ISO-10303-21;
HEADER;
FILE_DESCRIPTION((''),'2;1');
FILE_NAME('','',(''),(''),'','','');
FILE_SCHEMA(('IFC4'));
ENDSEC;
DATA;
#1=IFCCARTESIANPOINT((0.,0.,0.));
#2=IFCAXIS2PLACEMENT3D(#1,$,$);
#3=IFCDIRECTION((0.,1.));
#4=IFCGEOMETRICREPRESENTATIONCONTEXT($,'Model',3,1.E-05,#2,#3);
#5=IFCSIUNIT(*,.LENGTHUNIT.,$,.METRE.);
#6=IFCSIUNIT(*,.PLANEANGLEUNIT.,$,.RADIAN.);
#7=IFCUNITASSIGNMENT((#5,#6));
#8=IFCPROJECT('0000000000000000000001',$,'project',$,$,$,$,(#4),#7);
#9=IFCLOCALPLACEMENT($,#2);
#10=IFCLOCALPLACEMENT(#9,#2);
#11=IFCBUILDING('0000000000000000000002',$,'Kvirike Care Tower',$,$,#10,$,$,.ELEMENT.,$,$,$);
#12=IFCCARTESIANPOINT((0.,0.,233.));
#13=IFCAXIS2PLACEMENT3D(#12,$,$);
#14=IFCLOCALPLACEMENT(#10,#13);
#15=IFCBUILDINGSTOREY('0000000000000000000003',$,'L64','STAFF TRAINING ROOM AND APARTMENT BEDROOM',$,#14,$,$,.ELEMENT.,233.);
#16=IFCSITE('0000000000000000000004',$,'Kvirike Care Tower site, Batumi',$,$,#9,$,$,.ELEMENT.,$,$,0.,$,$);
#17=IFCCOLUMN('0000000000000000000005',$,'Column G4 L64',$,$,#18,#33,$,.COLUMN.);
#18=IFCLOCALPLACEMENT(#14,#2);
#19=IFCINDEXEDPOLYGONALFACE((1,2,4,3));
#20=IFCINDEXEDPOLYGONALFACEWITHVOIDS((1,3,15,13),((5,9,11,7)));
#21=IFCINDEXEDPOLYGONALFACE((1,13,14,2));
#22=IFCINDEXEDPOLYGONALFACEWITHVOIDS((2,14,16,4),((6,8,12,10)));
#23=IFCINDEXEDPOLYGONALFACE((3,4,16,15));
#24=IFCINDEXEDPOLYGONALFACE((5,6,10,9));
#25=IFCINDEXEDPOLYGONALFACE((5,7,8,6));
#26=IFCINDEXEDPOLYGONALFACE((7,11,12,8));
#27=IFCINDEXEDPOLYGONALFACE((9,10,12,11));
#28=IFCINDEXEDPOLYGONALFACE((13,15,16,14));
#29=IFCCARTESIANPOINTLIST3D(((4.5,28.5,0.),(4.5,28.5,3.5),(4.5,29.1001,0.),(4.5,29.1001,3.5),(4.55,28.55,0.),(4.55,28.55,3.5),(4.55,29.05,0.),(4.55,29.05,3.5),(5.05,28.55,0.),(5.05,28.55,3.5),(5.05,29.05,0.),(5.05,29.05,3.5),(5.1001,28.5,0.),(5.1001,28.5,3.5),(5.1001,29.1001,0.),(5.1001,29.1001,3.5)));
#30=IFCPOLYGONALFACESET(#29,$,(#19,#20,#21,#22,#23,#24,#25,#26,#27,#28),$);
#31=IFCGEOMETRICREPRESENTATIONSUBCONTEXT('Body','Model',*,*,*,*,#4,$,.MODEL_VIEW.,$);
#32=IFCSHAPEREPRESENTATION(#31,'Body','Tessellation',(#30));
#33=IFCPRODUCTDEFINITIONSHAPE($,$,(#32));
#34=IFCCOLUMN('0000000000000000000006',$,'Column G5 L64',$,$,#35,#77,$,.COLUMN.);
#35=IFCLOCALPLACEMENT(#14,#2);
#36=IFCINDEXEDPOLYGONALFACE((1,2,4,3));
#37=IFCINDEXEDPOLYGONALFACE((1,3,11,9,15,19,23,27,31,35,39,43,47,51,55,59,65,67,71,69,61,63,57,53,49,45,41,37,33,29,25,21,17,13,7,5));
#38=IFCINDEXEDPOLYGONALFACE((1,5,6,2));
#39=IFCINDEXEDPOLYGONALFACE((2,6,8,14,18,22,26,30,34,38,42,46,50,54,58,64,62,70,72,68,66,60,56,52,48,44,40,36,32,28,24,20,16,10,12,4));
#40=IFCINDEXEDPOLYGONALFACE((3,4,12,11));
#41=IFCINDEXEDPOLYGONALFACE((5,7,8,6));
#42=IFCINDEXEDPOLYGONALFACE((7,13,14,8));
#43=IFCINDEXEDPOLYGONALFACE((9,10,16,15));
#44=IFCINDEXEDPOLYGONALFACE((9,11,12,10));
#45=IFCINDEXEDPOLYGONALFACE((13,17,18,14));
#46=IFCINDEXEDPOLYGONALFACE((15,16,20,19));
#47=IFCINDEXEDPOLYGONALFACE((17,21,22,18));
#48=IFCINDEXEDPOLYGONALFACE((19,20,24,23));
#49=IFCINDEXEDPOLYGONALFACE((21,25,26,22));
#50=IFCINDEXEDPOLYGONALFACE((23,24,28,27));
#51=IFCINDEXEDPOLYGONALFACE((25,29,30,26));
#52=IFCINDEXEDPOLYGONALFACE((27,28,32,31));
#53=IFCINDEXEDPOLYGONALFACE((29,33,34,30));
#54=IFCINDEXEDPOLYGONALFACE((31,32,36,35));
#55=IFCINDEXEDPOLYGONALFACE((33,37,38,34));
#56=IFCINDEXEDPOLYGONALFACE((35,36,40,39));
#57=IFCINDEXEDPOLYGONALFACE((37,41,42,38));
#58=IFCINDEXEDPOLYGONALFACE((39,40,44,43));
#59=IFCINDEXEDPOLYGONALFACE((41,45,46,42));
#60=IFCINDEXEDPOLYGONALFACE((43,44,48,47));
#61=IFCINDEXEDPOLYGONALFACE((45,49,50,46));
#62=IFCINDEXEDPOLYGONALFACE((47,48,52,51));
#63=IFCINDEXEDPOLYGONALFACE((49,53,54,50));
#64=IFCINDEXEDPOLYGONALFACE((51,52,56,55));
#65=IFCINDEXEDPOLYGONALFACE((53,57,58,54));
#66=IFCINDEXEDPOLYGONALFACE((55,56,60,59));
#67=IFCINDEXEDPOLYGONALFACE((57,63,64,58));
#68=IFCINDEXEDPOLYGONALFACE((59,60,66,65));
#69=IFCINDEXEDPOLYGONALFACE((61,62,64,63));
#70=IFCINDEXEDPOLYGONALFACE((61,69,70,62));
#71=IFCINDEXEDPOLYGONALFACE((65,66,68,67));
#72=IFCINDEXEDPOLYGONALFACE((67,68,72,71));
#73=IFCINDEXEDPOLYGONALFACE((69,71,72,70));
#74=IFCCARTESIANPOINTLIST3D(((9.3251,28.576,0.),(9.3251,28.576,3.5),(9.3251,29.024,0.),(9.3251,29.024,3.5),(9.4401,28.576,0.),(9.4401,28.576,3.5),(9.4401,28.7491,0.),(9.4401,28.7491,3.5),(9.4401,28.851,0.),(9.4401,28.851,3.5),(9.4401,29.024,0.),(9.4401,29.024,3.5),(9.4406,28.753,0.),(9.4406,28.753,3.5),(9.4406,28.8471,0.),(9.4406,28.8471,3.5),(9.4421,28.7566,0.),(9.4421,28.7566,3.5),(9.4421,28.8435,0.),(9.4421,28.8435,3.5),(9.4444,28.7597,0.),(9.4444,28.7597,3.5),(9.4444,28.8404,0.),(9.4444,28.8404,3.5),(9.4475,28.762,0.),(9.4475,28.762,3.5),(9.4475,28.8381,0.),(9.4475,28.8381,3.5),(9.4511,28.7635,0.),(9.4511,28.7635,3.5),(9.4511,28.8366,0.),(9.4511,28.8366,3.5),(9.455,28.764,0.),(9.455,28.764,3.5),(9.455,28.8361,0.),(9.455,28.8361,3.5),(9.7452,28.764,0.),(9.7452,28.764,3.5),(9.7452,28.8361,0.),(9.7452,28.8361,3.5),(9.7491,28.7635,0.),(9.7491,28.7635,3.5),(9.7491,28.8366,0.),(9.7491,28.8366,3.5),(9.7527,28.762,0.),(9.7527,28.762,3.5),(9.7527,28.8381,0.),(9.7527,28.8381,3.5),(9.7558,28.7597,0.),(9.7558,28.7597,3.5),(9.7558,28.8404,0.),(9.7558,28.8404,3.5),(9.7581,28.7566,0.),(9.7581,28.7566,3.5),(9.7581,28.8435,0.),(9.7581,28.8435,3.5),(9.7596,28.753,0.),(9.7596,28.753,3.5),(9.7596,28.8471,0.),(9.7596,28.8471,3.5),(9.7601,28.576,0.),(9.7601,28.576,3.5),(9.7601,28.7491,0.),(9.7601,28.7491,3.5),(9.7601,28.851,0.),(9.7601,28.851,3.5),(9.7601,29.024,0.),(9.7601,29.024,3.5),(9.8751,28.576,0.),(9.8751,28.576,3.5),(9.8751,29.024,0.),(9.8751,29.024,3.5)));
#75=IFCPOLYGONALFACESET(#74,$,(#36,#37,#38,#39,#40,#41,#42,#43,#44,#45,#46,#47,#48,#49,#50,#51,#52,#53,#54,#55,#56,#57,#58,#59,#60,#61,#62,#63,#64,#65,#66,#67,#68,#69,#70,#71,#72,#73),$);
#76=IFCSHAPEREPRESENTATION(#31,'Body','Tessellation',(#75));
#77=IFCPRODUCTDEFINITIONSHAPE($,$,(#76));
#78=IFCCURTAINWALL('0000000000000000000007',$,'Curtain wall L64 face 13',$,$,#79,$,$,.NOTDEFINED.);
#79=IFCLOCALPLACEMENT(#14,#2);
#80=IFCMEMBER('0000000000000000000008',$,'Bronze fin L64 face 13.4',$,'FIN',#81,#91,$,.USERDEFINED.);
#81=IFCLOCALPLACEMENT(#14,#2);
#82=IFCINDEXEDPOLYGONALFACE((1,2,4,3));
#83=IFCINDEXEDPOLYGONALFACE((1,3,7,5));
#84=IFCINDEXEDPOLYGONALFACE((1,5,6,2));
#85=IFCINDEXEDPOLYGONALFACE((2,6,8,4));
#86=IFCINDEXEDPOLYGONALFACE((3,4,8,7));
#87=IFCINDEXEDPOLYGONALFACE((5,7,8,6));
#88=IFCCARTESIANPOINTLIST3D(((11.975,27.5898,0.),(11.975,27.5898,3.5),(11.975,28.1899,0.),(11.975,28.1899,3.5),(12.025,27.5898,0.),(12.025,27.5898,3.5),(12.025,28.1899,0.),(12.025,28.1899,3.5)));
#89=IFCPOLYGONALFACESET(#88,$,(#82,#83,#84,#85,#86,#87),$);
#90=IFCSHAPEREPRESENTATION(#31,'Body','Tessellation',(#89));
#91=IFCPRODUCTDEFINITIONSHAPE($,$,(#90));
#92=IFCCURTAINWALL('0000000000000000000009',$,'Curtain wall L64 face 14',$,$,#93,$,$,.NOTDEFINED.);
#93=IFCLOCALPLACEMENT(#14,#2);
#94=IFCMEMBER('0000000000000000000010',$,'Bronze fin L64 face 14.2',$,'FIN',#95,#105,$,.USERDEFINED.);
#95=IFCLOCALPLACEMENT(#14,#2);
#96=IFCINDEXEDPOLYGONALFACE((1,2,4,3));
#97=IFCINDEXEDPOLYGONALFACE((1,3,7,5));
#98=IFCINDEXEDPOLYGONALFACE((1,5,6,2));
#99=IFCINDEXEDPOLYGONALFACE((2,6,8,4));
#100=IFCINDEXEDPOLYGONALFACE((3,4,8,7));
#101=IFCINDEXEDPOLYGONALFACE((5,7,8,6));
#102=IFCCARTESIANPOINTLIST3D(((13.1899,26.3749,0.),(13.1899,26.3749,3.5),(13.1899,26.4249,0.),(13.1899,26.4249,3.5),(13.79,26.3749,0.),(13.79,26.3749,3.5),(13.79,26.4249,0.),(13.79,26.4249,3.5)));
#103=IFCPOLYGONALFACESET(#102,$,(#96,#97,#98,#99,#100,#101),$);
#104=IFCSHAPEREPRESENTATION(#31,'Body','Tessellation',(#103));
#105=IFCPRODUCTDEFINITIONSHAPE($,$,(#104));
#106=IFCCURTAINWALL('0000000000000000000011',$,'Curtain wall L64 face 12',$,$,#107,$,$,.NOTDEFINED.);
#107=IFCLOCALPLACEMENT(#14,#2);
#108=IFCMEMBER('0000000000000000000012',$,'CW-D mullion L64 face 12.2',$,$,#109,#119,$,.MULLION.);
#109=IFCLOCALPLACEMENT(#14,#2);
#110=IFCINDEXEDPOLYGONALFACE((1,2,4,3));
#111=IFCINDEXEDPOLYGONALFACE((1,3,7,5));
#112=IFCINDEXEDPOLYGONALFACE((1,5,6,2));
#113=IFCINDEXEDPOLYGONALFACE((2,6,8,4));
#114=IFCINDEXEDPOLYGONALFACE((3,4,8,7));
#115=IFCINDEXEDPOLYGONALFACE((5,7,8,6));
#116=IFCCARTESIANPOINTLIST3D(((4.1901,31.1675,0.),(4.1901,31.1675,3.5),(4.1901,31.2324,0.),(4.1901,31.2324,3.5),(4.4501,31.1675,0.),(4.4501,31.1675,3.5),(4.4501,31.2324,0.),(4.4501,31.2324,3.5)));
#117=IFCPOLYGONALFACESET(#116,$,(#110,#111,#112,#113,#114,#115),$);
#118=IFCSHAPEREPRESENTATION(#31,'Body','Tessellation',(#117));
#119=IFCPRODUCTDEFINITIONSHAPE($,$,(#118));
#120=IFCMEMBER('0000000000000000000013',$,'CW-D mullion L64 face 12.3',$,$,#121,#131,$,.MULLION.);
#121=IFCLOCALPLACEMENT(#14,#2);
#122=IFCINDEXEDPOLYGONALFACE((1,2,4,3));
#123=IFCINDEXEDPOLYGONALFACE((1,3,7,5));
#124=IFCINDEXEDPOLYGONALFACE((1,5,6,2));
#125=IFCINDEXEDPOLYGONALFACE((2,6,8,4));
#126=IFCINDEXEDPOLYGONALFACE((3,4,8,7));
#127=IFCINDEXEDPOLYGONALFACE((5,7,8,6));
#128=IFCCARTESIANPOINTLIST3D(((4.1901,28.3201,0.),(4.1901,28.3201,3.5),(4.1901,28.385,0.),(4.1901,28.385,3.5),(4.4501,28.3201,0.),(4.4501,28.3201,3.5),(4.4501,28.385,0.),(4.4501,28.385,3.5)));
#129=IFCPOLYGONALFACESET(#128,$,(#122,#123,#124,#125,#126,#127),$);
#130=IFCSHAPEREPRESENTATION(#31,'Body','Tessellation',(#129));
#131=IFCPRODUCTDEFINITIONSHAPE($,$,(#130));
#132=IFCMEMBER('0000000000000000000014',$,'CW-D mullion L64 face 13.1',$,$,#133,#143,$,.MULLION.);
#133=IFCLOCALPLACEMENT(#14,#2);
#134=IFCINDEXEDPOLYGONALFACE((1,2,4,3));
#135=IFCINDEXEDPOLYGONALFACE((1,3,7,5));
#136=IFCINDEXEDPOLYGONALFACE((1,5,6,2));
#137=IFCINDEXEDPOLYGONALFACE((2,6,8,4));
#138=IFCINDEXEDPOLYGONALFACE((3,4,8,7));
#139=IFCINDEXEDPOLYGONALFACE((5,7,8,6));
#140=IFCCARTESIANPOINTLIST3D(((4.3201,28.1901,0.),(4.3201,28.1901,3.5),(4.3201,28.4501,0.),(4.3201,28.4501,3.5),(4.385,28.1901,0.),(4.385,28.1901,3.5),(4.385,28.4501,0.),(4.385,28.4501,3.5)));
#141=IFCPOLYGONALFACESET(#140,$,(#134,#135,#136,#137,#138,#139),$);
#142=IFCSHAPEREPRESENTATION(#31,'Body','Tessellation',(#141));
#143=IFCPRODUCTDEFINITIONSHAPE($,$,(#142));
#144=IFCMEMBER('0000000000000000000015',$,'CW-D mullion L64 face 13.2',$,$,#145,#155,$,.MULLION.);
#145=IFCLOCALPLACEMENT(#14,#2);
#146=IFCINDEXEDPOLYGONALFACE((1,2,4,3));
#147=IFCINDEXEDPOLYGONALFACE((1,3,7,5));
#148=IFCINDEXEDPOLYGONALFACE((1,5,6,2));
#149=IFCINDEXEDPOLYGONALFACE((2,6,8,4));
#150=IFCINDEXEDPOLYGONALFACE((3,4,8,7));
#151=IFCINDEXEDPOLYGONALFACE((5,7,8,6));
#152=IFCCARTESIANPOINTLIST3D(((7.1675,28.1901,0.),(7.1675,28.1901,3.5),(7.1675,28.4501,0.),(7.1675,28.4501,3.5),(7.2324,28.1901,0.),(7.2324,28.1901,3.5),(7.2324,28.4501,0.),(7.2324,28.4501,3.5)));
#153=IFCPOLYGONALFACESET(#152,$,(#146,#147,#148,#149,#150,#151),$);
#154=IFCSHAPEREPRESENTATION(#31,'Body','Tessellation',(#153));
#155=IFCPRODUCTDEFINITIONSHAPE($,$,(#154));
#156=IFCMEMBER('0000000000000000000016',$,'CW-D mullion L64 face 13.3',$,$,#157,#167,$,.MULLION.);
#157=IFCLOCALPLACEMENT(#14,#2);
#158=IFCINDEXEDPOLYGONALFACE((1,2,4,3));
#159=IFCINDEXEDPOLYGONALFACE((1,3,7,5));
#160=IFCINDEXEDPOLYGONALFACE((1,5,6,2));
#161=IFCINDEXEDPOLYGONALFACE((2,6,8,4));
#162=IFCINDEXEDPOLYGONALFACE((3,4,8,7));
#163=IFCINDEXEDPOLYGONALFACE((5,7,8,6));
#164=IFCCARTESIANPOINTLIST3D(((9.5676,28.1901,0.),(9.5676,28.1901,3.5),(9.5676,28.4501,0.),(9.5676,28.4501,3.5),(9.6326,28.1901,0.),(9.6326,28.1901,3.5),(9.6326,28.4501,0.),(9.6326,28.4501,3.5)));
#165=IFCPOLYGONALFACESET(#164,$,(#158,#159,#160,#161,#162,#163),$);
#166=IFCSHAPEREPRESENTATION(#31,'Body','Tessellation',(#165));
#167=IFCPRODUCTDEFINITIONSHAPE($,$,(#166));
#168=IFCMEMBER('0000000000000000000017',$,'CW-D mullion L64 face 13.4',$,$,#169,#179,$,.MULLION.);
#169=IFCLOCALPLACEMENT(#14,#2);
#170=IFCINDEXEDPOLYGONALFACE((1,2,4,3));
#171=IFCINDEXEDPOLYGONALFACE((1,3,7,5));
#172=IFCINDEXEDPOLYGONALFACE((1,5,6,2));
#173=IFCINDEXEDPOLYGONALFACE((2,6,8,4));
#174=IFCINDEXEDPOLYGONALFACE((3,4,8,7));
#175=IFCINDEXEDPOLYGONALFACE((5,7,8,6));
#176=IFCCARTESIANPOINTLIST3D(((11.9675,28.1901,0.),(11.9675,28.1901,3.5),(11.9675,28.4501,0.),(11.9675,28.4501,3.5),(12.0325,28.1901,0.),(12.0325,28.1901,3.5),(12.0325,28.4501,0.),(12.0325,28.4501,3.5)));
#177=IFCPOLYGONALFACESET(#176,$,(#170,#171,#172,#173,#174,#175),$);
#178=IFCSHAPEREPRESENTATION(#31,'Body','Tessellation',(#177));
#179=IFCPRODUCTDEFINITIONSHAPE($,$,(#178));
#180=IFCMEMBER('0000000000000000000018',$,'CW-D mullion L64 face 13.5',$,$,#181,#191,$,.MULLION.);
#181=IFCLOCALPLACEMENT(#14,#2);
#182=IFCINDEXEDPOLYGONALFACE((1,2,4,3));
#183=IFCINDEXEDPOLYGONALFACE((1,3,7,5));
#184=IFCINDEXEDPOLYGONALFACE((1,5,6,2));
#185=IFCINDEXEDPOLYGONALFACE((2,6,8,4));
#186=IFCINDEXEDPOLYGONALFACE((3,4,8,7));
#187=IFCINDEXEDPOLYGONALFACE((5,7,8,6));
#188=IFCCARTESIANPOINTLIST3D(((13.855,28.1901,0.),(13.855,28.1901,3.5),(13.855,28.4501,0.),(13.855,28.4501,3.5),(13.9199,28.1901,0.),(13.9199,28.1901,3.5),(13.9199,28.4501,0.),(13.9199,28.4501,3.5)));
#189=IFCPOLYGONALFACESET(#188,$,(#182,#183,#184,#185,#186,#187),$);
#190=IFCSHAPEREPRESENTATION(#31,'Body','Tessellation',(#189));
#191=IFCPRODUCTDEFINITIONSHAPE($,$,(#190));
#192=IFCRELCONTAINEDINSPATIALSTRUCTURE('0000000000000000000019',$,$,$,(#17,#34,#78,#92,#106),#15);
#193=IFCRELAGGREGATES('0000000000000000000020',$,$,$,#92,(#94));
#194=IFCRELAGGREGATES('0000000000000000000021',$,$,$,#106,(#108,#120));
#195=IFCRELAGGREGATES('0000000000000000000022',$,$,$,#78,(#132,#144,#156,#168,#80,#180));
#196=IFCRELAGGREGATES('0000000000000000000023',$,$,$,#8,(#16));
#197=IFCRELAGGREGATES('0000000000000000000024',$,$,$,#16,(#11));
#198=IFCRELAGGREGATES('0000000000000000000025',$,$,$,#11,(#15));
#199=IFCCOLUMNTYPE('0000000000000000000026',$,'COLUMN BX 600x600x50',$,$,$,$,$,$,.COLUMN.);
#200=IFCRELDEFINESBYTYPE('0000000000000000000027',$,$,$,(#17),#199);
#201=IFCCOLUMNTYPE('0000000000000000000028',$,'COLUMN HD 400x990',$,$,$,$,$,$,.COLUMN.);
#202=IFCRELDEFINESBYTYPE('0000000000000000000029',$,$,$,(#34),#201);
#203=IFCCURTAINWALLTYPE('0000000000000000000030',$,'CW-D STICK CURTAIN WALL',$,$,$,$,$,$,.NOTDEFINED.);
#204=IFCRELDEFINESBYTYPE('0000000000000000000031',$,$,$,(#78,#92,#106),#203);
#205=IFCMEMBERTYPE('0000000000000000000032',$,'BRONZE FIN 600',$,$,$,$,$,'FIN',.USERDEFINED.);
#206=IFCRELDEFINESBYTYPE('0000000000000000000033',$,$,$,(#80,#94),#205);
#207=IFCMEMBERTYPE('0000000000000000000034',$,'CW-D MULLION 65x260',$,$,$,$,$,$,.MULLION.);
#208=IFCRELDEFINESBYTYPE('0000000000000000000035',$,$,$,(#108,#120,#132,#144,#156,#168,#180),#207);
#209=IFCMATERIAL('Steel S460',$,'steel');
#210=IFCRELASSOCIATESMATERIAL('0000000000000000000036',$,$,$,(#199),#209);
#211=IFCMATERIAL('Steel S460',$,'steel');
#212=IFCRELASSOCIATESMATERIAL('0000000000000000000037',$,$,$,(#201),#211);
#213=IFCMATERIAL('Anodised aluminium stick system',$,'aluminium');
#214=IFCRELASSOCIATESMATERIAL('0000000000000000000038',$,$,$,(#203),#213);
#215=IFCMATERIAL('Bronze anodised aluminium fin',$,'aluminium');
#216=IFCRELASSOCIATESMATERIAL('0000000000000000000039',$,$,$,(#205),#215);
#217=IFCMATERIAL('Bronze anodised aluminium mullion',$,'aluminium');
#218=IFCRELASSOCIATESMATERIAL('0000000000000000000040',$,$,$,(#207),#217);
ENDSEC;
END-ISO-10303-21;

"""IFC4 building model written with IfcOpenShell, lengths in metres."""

from ifc_helpers import new_model, si_unit, direction, frame, origin, origin_2d, place, context, subcontext, project, spatial, rectangle, hollow_rectangle, i_section, extrude, material, material_profile, profile_set, type_object, element, aggregate, save


model = new_model("IFC4")

# Units and contexts
model_context = context("Model", 3, precision=1e-05, world=origin(), true_north=direction((0.0, 1.0)))
body_context = subcontext(model_context, "Body", "Model", "MODEL_VIEW")
ifc_project = project(units=[si_unit("LENGTHUNIT", "METRE"), si_unit("PLANEANGLEUNIT", "RADIAN")], contexts=[model_context])

# Site, building, storey
site_placement = place(None, origin())
site = spatial("IfcSite", under=ifc_project, at=site_placement, Name="Kvirike Care Tower site, Batumi", CompositionType="ELEMENT", RefElevation=0.0)
building_placement = place(site_placement, origin())
building = spatial("IfcBuilding", under=site, at=building_placement, Name="Kvirike Care Tower", CompositionType="ELEMENT")
storey_placement = place(building_placement, frame((0.0, 0.0, 233.0)))
storey = spatial("IfcBuildingStorey", under=building, at=storey_placement, Name="L64", Description="STAFF TRAINING ROOM AND APARTMENT BEDROOM", CompositionType="ELEMENT", Elevation=233.0)

# Columns
ifc_material_1 = material(Name="Steel S460", Category="steel")
ifc_material_profile_1 = material_profile(ifc_material_1, hollow_rectangle(XDim=0.6001, YDim=0.6001, WallThickness=0.05, at=origin_2d()), Name="BX 600x600x50")
ifc_profile_set_1 = profile_set([ifc_material_profile_1], Name="Steel S460")
column_type_1 = type_object("IfcColumnType", Name="COLUMN BX 600x600x50", PredefinedType="COLUMN", material=ifc_profile_set_1)
column_1_placement = place(storey_placement, frame((4.8, 28.8, 0.0), z_axis=(0.0, 0.0, 1.0), x_axis=(0.0, 1.0, 0.0)))
element("IfcColumn", 1, at=column_1_placement, inside=storey, type_object=column_type_1, Name="Column G4 L64", PredefinedType="COLUMN", context=body_context, shape_type="SweptSolid", body=[
    extrude(hollow_rectangle(XDim=0.6001, YDim=0.6001, WallThickness=0.05, at=origin_2d()), origin(), (0.0, 0.0, 1.0), 3.5),
])
ifc_material_2 = material(Name="Steel S460", Category="steel")
ifc_material_profile_2 = material_profile(ifc_material_2, i_section(OverallWidth=0.448, OverallDepth=0.55, WebThickness=0.072, FlangeThickness=0.115, FilletRadius=0.0149, at=origin_2d()), Name="HD 400x990")
ifc_profile_set_2 = profile_set([ifc_material_profile_2], Name="Steel S460")
column_type_2 = type_object("IfcColumnType", Name="COLUMN HD 400x990", PredefinedType="COLUMN", material=ifc_profile_set_2)
column_2_placement = place(storey_placement, frame((9.6001, 28.8, 0.0), z_axis=(0.0, 0.0, 1.0), x_axis=(0.0, 1.0, 0.0)))
element("IfcColumn", 2, at=column_2_placement, inside=storey, type_object=column_type_2, Name="Column G5 L64", PredefinedType="COLUMN", context=body_context, shape_type="SweptSolid", body=[
    extrude(i_section(OverallWidth=0.448, OverallDepth=0.55, WebThickness=0.072, FlangeThickness=0.115, FilletRadius=0.0149, at=origin_2d()), origin(), (0.0, 0.0, 1.0), 3.5),
])

# Curtain walls, members
ifc_material_3 = material(Name="Anodised aluminium stick system", Category="aluminium")
curtain_wall_type = type_object("IfcCurtainWallType", Name="CW-D STICK CURTAIN WALL", PredefinedType="NOTDEFINED", material=ifc_material_3)
curtain_wall_1_placement = place(storey_placement, origin())
curtain_wall_1 = element("IfcCurtainWall", 3, at=curtain_wall_1_placement, inside=storey, type_object=curtain_wall_type, Name="Curtain wall L64 face 13", PredefinedType="NOTDEFINED")
ifc_material_4 = material(Name="Bronze anodised aluminium fin", Category="aluminium")
ifc_material_profile_3 = material_profile(ifc_material_4, rectangle(XDim=0.05, YDim=0.6001, at=origin_2d()), Name="BRONZE FIN 600")
ifc_profile_set_3 = profile_set([ifc_material_profile_3], Name="Bronze anodised aluminium fin")
member_type_1 = type_object("IfcMemberType", Name="BRONZE FIN 600", ElementType="FIN", PredefinedType="USERDEFINED", material=ifc_profile_set_3)
member_1_placement = place(storey_placement, frame((12.0, 27.8899, 0.0), z_axis=(0.0, 0.0, 1.0), x_axis=(1.0, 0.0, 0.0)))
member_1 = element("IfcMember", 4, at=member_1_placement, type_object=member_type_1, Name="Bronze fin L64 face 13.4", ObjectType="FIN", PredefinedType="USERDEFINED", context=body_context, shape_type="SweptSolid", body=[
    extrude(rectangle(XDim=0.05, YDim=0.6001, at=origin_2d()), origin(), (0.0, 0.0, 1.0), 3.5),
])
curtain_wall_2_placement = place(storey_placement, origin())
curtain_wall_2 = element("IfcCurtainWall", 5, at=curtain_wall_2_placement, inside=storey, type_object=curtain_wall_type, Name="Curtain wall L64 face 14", PredefinedType="NOTDEFINED")
member_2_placement = place(storey_placement, frame((13.49, 26.3999, 0.0), z_axis=(0.0, 0.0, 1.0), x_axis=(0.0, -1.0, 0.0)))
member_2 = element("IfcMember", 6, at=member_2_placement, type_object=member_type_1, Name="Bronze fin L64 face 14.2", ObjectType="FIN", PredefinedType="USERDEFINED", context=body_context, shape_type="SweptSolid", body=[
    extrude(rectangle(XDim=0.05, YDim=0.6001, at=origin_2d()), origin(), (0.0, 0.0, 1.0), 3.5),
])
aggregate(curtain_wall_2, [member_2])

# Curtain wall, members
curtain_wall_3_placement = place(storey_placement, origin())
curtain_wall_3 = element("IfcCurtainWall", 7, at=curtain_wall_3_placement, inside=storey, type_object=curtain_wall_type, Name="Curtain wall L64 face 12", PredefinedType="NOTDEFINED")
ifc_material_5 = material(Name="Bronze anodised aluminium mullion", Category="aluminium")
ifc_material_profile_4 = material_profile(ifc_material_5, rectangle(XDim=0.0649, YDim=0.26, at=origin_2d()), Name="CW-D MULLION 65x260")
ifc_profile_set_4 = profile_set([ifc_material_profile_4], Name="Bronze anodised aluminium mullion")
member_type_2 = type_object("IfcMemberType", Name="CW-D MULLION 65x260", PredefinedType="MULLION", material=ifc_profile_set_4)
member_3_placement = place(storey_placement, frame((4.3201, 31.2, 0.0), z_axis=(0.0, 0.0, 1.0), x_axis=(0.0, -1.0, 0.0)))
member_3 = element("IfcMember", 8, at=member_3_placement, type_object=member_type_2, Name="CW-D mullion L64 face 12.2", PredefinedType="MULLION", context=body_context, shape_type="SweptSolid", body=[
    extrude(rectangle(XDim=0.0649, YDim=0.26, at=origin_2d()), origin(), (0.0, 0.0, 1.0), 3.5),
])
member_4_placement = place(storey_placement, frame((4.3201, 28.3525, 0.0), z_axis=(0.0, 0.0, 1.0), x_axis=(0.0, -1.0, 0.0)))
member_4 = element("IfcMember", 9, at=member_4_placement, type_object=member_type_2, Name="CW-D mullion L64 face 12.3", PredefinedType="MULLION", context=body_context, shape_type="SweptSolid", body=[
    extrude(rectangle(XDim=0.0649, YDim=0.26, at=origin_2d()), origin(), (0.0, 0.0, 1.0), 3.5),
])

# Members
member_5_placement = place(storey_placement, frame((4.3525, 28.3201, 0.0), z_axis=(0.0, 0.0, 1.0), x_axis=(1.0, 0.0, 0.0)))
member_5 = element("IfcMember", 10, at=member_5_placement, type_object=member_type_2, Name="CW-D mullion L64 face 13.1", PredefinedType="MULLION", context=body_context, shape_type="SweptSolid", body=[
    extrude(rectangle(XDim=0.0649, YDim=0.26, at=origin_2d()), origin(), (0.0, 0.0, 1.0), 3.5),
])
member_6_placement = place(storey_placement, frame((7.2, 28.3201, 0.0), z_axis=(0.0, 0.0, 1.0), x_axis=(1.0, 0.0, 0.0)))
member_6 = element("IfcMember", 11, at=member_6_placement, type_object=member_type_2, Name="CW-D mullion L64 face 13.2", PredefinedType="MULLION", context=body_context, shape_type="SweptSolid", body=[
    extrude(rectangle(XDim=0.0649, YDim=0.26, at=origin_2d()), origin(), (0.0, 0.0, 1.0), 3.5),
])
member_7_placement = place(storey_placement, frame((9.6001, 28.3201, 0.0), z_axis=(0.0, 0.0, 1.0), x_axis=(1.0, 0.0, 0.0)))
member_7 = element("IfcMember", 12, at=member_7_placement, type_object=member_type_2, Name="CW-D mullion L64 face 13.3", PredefinedType="MULLION", context=body_context, shape_type="SweptSolid", body=[
    extrude(rectangle(XDim=0.0649, YDim=0.26, at=origin_2d()), origin(), (0.0, 0.0, 1.0), 3.5),
])
member_8_placement = place(storey_placement, frame((12.0, 28.3201, 0.0), z_axis=(0.0, 0.0, 1.0), x_axis=(1.0, 0.0, 0.0)))
member_8 = element("IfcMember", 13, at=member_8_placement, type_object=member_type_2, Name="CW-D mullion L64 face 13.4", PredefinedType="MULLION", context=body_context, shape_type="SweptSolid", body=[
    extrude(rectangle(XDim=0.0649, YDim=0.26, at=origin_2d()), origin(), (0.0, 0.0, 1.0), 3.5),
])
member_9_placement = place(storey_placement, frame((13.8875, 28.3201, 0.0), z_axis=(0.0, 0.0, 1.0), x_axis=(1.0, 0.0, 0.0)))
member_9 = element("IfcMember", 14, at=member_9_placement, type_object=member_type_2, Name="CW-D mullion L64 face 13.5", PredefinedType="MULLION", context=body_context, shape_type="SweptSolid", body=[
    extrude(rectangle(XDim=0.0649, YDim=0.26, at=origin_2d()), origin(), (0.0, 0.0, 1.0), 3.5),
])

aggregate(curtain_wall_3, [member_3, member_4])
aggregate(curtain_wall_1, [member_5, member_6, member_7, member_8, member_1, member_9])

save(model, "model.ifc")
